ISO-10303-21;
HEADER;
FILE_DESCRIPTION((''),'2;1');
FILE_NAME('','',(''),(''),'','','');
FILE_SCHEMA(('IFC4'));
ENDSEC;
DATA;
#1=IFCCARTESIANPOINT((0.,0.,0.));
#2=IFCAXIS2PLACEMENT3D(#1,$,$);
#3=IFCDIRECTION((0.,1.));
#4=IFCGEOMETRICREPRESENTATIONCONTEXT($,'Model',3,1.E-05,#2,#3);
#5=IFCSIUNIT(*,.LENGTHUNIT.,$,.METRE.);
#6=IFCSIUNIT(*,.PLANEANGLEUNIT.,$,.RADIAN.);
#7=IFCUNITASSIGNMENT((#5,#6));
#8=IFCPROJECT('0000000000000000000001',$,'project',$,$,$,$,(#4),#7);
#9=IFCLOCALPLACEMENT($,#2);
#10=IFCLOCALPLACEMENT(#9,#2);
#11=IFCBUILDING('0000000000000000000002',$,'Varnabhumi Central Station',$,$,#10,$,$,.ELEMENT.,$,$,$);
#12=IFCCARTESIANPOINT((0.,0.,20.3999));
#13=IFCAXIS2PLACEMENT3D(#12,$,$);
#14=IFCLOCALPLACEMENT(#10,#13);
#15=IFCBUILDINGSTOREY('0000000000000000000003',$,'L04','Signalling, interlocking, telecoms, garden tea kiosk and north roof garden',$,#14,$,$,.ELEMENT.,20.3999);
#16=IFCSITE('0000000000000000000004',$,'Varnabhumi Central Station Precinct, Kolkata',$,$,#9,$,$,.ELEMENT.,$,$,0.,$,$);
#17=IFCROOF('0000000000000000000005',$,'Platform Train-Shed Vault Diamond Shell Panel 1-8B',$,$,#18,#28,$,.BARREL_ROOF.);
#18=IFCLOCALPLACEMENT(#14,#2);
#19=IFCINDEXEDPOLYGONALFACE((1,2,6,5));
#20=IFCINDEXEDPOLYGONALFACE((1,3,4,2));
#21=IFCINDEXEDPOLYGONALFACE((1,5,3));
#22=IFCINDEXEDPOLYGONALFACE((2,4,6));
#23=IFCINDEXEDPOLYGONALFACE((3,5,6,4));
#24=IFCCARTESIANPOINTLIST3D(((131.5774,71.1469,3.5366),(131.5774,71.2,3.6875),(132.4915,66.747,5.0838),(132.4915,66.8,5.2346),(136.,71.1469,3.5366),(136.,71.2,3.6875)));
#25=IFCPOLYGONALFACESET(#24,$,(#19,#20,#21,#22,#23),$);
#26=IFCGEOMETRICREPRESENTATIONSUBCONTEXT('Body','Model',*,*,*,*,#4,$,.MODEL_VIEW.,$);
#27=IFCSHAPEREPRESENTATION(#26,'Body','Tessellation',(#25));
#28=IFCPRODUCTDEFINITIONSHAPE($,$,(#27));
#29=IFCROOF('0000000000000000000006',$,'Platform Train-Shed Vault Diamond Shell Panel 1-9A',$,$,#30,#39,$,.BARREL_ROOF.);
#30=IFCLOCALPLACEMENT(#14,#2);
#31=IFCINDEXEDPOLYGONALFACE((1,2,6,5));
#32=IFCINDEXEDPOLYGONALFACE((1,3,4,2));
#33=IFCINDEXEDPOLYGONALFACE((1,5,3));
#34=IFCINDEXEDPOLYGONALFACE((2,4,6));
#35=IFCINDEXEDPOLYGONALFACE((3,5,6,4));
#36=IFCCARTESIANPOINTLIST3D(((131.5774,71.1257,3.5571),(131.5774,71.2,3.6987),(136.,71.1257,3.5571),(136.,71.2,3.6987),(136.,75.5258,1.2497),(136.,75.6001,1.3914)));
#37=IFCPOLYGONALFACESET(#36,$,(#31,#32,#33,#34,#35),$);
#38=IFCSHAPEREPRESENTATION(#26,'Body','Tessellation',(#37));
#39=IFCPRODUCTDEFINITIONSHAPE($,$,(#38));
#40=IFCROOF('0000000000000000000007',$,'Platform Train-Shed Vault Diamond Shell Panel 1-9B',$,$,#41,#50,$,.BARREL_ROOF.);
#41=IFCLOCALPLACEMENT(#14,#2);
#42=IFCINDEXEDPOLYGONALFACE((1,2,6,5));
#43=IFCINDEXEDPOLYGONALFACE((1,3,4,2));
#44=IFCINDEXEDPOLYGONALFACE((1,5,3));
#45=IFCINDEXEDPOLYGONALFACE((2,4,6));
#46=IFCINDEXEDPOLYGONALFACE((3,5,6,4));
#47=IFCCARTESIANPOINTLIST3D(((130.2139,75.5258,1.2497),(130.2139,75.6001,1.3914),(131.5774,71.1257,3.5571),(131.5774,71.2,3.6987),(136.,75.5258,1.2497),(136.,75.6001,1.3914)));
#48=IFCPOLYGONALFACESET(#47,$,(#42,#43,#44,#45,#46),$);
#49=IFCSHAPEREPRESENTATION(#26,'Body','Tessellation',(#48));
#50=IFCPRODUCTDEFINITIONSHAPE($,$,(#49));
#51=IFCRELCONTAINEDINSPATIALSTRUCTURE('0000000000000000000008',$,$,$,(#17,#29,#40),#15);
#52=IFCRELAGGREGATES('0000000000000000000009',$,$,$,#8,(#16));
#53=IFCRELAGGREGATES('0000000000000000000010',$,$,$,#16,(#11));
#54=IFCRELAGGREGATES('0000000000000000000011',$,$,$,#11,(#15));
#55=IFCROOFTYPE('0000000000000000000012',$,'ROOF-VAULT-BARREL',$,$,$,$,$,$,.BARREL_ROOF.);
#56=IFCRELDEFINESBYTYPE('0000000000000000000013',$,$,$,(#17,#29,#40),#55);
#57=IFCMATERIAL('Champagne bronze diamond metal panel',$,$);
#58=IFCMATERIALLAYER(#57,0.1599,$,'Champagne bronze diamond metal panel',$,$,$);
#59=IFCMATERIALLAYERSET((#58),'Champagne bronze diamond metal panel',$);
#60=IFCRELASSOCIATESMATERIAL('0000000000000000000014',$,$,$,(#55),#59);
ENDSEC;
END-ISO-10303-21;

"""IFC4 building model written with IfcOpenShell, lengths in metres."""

from ifc_helpers import new_model, si_unit, direction, frame, origin, place, context, subcontext, project, spatial, polyline, outline, extrude, material, layer, layer_set, type_object, element, save


model = new_model("IFC4")

# Units and contexts
model_context = context("Model", 3, precision=1e-05, world=origin(), true_north=direction((0.0, 1.0)))
body_context = subcontext(model_context, "Body", "Model", "MODEL_VIEW")
ifc_project = project(units=[si_unit("LENGTHUNIT", "METRE"), si_unit("PLANEANGLEUNIT", "RADIAN")], contexts=[model_context])

# Site, building, storey
site_placement = place(None, origin())
site = spatial("IfcSite", under=ifc_project, at=site_placement, Name="Varnabhumi Central Station Precinct, Kolkata", CompositionType="ELEMENT", RefElevation=0.0)
building_placement = place(site_placement, origin())
building = spatial("IfcBuilding", under=site, at=building_placement, Name="Varnabhumi Central Station", CompositionType="ELEMENT")
storey_placement = place(building_placement, frame((0.0, 0.0, 20.3999)))
storey = spatial("IfcBuildingStorey", under=building, at=storey_placement, Name="L04", Description="Signalling, interlocking, telecoms, garden tea kiosk and north roof garden", CompositionType="ELEMENT", Elevation=20.3999)

# Roofs
ifc_material = material(Name="Champagne bronze diamond metal panel")
ifc_layer = layer(ifc_material, 0.1599, Name="Champagne bronze diamond metal panel")
ifc_layer_set = layer_set([ifc_layer], Name="Champagne bronze diamond metal panel")
roof_type = type_object("IfcRoofType", Name="ROOF-VAULT-BARREL", PredefinedType="BARREL_ROOF", material=ifc_layer_set)
roof_1_placement = place(storey_placement, frame((132.4915, 66.8, 5.2346), z_axis=(0.0, 0.331716, 0.943379), x_axis=(0.601157, 0.753883, -0.265085)))
element("IfcRoof", 1, at=roof_1_placement, inside=storey, type_object=roof_type, Name="Platform Train-Shed Vault Diamond Shell Panel 1-8B", PredefinedType="BARREL_ROOF", context=body_context, shape_type="SweptSolid", body=[
    extrude(outline(polyline([(0.0, 0.0), (5.8363, 0.0), (3.1776, 3.5342), (0.0, 0.0)])), origin(), (0.0, 0.0, -1.0), 0.1599),
])
roof_2_placement = place(storey_placement, frame((131.5774, 71.2, 3.6987), z_axis=(0.0, 0.464407, 0.885622), x_axis=(1.0, 0.0, 0.0)))
element("IfcRoof", 2, at=roof_2_placement, inside=storey, type_object=roof_type, Name="Platform Train-Shed Vault Diamond Shell Panel 1-9A", PredefinedType="BARREL_ROOF", context=body_context, shape_type="SweptSolid", body=[
    extrude(outline(polyline([(0.0, 0.0), (4.4226, 0.0), (4.4226, 4.9684), (0.0, 0.0)])), origin(), (0.0, 0.0, -1.0), 0.1599),
])
roof_3_placement = place(storey_placement, frame((131.5774, 71.2, 3.6987), z_axis=(0.0, 0.464407, 0.885622), x_axis=(0.664887, 0.66151, -0.346886)))
element("IfcRoof", 3, at=roof_3_placement, inside=storey, type_object=roof_type, Name="Platform Train-Shed Vault Diamond Shell Panel 1-9B", PredefinedType="BARREL_ROOF", context=body_context, shape_type="SweptSolid", body=[
    extrude(outline(polyline([(0.0, 0.0), (6.6517, 0.0), (2.8045, 4.3219), (0.0, 0.0)])), origin(), (0.0, 0.0, -1.0), 0.1599),
])

save(model, "model.ifc")
